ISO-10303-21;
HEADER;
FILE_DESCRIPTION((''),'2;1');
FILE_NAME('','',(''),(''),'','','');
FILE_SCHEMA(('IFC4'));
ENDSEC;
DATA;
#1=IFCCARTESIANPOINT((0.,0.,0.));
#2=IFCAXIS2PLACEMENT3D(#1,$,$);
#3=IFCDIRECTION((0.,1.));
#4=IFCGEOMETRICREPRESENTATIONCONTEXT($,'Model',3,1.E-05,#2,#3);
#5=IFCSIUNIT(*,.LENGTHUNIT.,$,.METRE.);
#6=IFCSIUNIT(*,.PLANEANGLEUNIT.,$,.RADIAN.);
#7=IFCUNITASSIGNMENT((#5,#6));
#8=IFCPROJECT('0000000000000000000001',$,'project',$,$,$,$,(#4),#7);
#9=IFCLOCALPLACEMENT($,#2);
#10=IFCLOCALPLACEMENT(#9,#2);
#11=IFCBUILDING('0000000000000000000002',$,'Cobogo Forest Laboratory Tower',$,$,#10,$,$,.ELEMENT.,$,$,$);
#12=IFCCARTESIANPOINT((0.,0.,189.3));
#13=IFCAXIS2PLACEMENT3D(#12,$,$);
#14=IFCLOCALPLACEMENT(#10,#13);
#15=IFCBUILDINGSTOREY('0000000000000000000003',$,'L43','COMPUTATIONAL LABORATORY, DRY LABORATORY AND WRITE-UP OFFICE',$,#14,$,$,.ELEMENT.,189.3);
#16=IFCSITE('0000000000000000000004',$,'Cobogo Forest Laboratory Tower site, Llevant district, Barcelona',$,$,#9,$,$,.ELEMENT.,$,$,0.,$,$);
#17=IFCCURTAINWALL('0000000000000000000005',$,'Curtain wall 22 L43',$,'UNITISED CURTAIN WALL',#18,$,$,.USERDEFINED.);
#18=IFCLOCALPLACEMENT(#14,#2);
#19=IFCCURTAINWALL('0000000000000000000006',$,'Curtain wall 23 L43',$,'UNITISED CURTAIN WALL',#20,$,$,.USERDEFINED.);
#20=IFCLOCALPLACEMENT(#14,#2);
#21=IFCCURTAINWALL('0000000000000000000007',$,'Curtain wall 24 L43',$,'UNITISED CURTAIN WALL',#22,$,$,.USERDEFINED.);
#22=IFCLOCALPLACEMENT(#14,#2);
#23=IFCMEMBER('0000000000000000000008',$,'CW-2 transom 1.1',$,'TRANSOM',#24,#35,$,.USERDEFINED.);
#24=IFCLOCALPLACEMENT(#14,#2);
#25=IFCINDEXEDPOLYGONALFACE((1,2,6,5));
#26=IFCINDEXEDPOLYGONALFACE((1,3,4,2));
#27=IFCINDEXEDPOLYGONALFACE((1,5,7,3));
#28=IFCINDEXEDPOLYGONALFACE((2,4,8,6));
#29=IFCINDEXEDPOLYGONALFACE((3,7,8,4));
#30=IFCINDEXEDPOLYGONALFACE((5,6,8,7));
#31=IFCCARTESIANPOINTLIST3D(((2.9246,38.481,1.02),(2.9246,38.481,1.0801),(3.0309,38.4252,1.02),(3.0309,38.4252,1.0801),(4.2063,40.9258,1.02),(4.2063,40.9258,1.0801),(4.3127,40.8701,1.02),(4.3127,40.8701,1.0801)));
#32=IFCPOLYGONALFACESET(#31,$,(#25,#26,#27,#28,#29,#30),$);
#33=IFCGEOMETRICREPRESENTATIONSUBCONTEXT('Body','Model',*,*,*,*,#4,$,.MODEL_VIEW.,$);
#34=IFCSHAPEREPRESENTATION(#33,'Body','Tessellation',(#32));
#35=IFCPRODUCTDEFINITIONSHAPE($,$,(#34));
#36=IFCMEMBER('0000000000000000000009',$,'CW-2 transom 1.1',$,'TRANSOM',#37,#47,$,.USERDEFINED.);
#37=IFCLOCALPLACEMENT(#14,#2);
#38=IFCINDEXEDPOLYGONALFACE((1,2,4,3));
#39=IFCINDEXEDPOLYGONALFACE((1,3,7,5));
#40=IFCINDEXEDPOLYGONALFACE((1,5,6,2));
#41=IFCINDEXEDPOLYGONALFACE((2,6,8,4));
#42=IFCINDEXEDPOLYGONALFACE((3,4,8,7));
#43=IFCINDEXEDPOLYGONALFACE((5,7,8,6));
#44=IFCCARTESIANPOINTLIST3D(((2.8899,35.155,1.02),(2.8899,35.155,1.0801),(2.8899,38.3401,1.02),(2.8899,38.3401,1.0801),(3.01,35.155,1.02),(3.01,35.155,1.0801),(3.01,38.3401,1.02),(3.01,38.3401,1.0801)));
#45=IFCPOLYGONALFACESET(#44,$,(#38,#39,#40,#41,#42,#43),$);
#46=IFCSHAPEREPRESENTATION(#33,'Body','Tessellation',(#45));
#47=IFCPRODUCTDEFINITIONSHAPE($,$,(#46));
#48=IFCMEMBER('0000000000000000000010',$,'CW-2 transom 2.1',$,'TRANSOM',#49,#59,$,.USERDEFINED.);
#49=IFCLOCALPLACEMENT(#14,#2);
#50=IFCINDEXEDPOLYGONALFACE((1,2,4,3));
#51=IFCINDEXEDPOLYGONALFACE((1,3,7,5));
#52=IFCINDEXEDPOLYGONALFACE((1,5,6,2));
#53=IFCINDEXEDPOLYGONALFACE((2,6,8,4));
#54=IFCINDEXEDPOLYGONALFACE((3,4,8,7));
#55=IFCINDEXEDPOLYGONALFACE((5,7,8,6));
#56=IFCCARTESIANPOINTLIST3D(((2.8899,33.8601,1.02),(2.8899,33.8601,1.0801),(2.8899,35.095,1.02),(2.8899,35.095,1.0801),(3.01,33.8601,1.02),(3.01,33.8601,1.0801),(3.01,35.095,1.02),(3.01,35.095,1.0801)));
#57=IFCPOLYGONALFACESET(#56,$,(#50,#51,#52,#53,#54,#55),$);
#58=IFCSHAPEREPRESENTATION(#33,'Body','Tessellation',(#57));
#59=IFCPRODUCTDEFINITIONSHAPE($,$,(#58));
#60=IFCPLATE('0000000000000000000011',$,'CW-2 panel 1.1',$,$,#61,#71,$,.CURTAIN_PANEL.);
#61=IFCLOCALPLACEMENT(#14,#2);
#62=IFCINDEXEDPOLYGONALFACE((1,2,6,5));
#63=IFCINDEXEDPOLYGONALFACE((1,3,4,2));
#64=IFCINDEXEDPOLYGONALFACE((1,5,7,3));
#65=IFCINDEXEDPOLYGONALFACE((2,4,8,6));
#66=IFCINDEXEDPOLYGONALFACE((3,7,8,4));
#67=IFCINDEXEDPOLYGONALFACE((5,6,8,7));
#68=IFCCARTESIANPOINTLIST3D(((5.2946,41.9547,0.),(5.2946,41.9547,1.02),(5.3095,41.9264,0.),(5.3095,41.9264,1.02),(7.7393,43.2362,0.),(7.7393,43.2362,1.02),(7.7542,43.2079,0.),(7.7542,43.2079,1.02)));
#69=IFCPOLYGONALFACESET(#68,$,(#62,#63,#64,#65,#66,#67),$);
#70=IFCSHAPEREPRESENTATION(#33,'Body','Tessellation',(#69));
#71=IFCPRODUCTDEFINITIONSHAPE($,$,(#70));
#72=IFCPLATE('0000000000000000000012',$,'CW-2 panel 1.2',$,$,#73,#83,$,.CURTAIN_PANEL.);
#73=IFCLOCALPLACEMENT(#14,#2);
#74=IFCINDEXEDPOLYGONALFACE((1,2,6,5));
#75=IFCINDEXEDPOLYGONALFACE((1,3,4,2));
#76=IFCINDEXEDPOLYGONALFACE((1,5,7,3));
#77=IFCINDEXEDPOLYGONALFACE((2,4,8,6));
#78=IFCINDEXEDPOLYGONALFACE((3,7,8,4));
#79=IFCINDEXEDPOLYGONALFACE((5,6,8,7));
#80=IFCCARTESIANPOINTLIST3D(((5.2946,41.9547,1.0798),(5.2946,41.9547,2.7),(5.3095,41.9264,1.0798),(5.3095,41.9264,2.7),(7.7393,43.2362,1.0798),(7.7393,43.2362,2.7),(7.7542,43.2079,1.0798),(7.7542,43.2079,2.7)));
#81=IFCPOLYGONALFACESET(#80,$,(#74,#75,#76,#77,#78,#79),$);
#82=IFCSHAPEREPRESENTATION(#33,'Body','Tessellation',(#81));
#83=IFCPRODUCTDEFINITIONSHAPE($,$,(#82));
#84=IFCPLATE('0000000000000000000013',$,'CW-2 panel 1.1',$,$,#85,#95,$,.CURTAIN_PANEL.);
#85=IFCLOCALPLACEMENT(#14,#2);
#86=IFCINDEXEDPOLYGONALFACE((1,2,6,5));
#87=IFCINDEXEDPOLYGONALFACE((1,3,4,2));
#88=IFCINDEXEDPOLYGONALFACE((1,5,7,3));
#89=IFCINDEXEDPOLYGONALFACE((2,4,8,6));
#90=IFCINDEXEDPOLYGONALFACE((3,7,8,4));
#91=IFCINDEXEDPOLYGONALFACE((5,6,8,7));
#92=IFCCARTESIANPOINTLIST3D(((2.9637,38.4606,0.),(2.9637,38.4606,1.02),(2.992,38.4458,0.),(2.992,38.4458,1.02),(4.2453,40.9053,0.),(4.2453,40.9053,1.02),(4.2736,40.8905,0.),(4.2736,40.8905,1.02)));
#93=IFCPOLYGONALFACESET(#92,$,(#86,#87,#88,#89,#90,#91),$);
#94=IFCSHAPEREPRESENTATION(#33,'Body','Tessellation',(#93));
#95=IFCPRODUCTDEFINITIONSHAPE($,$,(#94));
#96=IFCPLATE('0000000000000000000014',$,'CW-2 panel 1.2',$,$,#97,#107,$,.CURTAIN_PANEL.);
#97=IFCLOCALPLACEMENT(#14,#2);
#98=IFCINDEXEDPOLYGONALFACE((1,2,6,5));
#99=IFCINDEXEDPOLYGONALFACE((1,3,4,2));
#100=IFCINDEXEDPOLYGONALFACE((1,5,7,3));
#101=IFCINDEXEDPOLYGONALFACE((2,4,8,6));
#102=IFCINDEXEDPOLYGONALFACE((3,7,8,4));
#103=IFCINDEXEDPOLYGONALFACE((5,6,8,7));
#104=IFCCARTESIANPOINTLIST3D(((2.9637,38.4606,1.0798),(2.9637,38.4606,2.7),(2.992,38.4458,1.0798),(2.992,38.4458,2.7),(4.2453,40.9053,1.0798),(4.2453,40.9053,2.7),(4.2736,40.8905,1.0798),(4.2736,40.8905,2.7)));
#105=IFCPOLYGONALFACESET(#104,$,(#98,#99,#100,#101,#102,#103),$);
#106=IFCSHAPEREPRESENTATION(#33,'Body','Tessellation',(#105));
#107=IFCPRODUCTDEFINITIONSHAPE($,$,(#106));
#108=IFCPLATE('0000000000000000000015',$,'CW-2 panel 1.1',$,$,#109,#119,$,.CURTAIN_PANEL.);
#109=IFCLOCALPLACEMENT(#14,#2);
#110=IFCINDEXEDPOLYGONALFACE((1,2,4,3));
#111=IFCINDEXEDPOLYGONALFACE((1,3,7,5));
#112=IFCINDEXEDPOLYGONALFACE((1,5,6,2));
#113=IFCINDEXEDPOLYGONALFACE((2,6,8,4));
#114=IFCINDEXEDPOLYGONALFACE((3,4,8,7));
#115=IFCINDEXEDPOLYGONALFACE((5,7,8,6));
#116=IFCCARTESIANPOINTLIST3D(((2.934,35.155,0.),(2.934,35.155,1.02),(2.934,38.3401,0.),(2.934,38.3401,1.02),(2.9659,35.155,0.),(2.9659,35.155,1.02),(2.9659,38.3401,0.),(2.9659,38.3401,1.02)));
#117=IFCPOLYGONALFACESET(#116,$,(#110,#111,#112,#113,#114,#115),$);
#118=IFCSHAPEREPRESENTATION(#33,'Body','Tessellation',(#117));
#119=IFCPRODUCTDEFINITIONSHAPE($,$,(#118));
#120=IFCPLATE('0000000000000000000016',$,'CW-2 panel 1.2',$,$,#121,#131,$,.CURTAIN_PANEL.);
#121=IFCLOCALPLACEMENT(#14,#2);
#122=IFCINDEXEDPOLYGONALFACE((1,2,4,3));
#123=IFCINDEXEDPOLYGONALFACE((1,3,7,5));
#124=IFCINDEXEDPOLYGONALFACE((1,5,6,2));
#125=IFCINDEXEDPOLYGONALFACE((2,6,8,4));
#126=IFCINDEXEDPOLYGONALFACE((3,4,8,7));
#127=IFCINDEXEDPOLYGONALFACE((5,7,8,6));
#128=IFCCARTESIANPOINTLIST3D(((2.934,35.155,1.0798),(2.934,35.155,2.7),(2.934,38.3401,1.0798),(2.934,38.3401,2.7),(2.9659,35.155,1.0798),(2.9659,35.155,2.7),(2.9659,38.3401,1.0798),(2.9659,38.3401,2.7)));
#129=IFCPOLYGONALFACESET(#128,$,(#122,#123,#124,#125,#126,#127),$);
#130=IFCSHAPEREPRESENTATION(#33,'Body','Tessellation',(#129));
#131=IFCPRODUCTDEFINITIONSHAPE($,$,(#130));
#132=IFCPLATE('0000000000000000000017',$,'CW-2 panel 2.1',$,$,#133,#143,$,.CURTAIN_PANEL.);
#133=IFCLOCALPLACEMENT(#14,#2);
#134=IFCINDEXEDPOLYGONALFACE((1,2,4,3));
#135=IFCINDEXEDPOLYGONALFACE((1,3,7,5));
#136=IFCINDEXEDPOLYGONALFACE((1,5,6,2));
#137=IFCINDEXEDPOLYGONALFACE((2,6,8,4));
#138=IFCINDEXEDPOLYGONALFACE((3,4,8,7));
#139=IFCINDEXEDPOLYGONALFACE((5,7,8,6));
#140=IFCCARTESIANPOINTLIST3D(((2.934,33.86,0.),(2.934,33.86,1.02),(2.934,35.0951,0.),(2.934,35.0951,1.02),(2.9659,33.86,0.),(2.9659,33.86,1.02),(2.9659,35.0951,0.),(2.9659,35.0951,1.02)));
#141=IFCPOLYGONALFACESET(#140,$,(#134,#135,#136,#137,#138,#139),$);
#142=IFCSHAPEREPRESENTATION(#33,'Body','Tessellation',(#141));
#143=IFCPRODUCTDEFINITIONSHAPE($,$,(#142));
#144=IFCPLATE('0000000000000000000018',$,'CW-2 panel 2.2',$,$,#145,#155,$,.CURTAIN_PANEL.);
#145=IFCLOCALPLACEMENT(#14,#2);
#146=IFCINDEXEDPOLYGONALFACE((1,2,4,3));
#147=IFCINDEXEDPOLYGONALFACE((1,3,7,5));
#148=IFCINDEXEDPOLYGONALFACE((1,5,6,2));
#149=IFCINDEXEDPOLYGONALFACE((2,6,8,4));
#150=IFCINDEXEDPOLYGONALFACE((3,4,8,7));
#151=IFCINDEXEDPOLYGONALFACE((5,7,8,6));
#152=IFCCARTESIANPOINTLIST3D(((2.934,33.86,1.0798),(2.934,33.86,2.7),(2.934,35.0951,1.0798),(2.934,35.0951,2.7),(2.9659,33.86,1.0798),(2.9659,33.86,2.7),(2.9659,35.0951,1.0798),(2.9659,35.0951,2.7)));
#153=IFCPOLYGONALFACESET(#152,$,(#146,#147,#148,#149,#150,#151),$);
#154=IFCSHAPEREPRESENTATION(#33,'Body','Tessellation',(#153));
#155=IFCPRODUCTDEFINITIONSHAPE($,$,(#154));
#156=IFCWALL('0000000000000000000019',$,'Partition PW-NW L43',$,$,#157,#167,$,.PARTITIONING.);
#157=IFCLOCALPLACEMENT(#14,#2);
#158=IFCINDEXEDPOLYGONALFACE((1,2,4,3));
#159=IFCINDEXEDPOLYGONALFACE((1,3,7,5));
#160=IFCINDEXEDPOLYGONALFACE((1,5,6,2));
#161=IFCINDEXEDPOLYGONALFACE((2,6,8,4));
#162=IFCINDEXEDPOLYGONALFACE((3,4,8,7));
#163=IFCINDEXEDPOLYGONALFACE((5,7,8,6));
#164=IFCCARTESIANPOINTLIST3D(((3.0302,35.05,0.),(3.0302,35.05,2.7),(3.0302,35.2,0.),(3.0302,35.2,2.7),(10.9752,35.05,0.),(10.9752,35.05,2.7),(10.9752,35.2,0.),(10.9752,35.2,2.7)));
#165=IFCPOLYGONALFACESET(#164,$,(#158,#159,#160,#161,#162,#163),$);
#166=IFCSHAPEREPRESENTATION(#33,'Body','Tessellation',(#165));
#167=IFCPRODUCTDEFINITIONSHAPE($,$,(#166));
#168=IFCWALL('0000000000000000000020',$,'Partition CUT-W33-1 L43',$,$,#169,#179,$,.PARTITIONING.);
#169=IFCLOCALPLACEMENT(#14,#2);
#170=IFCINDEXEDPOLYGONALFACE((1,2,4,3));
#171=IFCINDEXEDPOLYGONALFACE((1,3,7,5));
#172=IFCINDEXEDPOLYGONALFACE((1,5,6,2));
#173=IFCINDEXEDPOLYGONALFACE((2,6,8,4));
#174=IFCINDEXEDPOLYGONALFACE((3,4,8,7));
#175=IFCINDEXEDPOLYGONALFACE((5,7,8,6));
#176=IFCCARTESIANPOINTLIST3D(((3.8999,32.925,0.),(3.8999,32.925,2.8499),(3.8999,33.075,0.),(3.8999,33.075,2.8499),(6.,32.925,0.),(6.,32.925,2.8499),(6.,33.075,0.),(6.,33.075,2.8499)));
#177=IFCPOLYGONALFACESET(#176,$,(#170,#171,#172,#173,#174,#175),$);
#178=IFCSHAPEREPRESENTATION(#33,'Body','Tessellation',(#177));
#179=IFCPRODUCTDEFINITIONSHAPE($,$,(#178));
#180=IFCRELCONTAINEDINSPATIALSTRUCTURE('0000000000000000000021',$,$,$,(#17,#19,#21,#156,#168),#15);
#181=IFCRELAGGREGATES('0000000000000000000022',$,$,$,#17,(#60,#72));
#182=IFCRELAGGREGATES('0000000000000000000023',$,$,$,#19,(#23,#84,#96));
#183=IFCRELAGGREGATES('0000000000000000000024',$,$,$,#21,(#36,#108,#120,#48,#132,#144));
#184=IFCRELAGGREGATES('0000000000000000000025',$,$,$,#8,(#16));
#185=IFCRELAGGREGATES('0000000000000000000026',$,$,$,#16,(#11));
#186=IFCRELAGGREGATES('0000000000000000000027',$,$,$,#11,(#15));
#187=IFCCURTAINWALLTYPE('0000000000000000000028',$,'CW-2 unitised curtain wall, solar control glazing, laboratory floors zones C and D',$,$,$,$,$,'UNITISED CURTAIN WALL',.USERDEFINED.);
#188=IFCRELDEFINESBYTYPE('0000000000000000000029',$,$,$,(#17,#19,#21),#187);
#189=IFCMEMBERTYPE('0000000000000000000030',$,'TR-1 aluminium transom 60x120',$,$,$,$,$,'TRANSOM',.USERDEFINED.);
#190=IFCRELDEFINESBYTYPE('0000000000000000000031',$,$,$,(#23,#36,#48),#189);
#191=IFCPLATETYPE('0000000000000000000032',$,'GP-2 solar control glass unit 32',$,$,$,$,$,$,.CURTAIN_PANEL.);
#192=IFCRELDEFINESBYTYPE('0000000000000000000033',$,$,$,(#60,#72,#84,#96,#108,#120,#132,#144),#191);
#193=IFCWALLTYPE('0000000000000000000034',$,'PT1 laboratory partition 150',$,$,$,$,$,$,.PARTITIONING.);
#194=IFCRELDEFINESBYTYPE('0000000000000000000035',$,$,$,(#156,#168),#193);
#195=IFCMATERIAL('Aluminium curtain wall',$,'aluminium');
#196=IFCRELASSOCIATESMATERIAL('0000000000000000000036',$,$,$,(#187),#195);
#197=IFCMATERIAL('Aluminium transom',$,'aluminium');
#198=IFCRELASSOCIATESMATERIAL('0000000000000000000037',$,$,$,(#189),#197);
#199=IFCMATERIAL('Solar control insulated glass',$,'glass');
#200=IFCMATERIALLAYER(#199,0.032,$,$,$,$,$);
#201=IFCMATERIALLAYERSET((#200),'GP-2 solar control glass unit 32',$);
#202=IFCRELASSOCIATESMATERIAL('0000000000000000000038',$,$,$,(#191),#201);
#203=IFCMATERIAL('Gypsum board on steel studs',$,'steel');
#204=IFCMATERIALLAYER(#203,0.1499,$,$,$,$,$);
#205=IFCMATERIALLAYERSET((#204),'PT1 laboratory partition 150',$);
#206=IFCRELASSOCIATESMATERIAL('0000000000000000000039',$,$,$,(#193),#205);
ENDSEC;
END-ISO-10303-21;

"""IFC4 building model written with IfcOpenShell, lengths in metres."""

from ifc_helpers import new_model, si_unit, direction, frame, frame_2d, origin, origin_2d, place, context, subcontext, project, spatial, rectangle, extrude, material, layer, layer_set, material_profile, profile_set, type_object, element, aggregate, save


model = new_model("IFC4")

# Units and contexts
model_context = context("Model", 3, precision=1e-05, world=origin(), true_north=direction((0.0, 1.0)))
body_context = subcontext(model_context, "Body", "Model", "MODEL_VIEW")
ifc_project = project(units=[si_unit("LENGTHUNIT", "METRE"), si_unit("PLANEANGLEUNIT", "RADIAN")], contexts=[model_context])

# Site, building, storey
site_placement = place(None, origin())
site = spatial("IfcSite", under=ifc_project, at=site_placement, Name="Cobogo Forest Laboratory Tower site, Llevant district, Barcelona", CompositionType="ELEMENT", RefElevation=0.0)
building_placement = place(site_placement, origin())
building = spatial("IfcBuilding", under=site, at=building_placement, Name="Cobogo Forest Laboratory Tower", CompositionType="ELEMENT")
storey_placement = place(building_placement, frame((0.0, 0.0, 189.3)))
storey = spatial("IfcBuildingStorey", under=building, at=storey_placement, Name="L43", Description="COMPUTATIONAL LABORATORY, DRY LABORATORY AND WRITE-UP OFFICE", CompositionType="ELEMENT", Elevation=189.3)

# Curtain wall
ifc_material_1 = material(Name="Aluminium curtain wall", Category="aluminium")
curtain_wall_type = type_object("IfcCurtainWallType", Name="CW-2 unitised curtain wall, solar control glazing, laboratory floors zones C and D", ElementType="UNITISED CURTAIN WALL", PredefinedType="USERDEFINED", material=ifc_material_1)
curtain_wall_1_placement = place(storey_placement, origin())
curtain_wall_1 = element("IfcCurtainWall", 1, at=curtain_wall_1_placement, inside=storey, type_object=curtain_wall_type, Name="Curtain wall 22 L43", ObjectType="UNITISED CURTAIN WALL", PredefinedType="USERDEFINED")

# Curtain walls
curtain_wall_2_placement = place(storey_placement, origin())
curtain_wall_2 = element("IfcCurtainWall", 2, at=curtain_wall_2_placement, inside=storey, type_object=curtain_wall_type, Name="Curtain wall 23 L43", ObjectType="UNITISED CURTAIN WALL", PredefinedType="USERDEFINED")
curtain_wall_3_placement = place(storey_placement, origin())
curtain_wall_3 = element("IfcCurtainWall", 3, at=curtain_wall_3_placement, inside=storey, type_object=curtain_wall_type, Name="Curtain wall 24 L43", ObjectType="UNITISED CURTAIN WALL", PredefinedType="USERDEFINED")

# Members
ifc_material_2 = material(Name="Aluminium transom", Category="aluminium")
ifc_material_profile_1 = material_profile(ifc_material_2, rectangle(XDim=0.1201, YDim=0.0601, at=origin_2d()), Name="AL 60x120")
ifc_profile_set_1 = profile_set([ifc_material_profile_1], Name="Aluminium transom")
member_type_1 = type_object("IfcMemberType", Name="TR-1 aluminium transom 60x120", ElementType="TRANSOM", PredefinedType="USERDEFINED", material=ifc_profile_set_1)
member_1_placement = place(storey_placement, frame((4.2595, 40.8979, 1.05), z_axis=(-0.464324, -0.885665, 0.0), x_axis=(0.885665, -0.464324, 0.0)))
member_1 = element("IfcMember", 4, at=member_1_placement, type_object=member_type_1, Name="CW-2 transom 1.1", ObjectType="TRANSOM", PredefinedType="USERDEFINED", context=body_context, shape_type="SweptSolid", body=[
    extrude(rectangle(XDim=0.1201, YDim=0.0601, at=origin_2d()), origin(), (0.0, 0.0, 1.0), 2.7605),
])
member_2_placement = place(storey_placement, frame((2.95, 38.3401, 1.05), z_axis=(0.0, -1.0, 0.0), x_axis=(1.0, 0.0, 0.0)))
member_2 = element("IfcMember", 5, at=member_2_placement, type_object=member_type_1, Name="CW-2 transom 1.1", ObjectType="TRANSOM", PredefinedType="USERDEFINED", context=body_context, shape_type="SweptSolid", body=[
    extrude(rectangle(XDim=0.1201, YDim=0.0601, at=origin_2d()), origin(), (0.0, 0.0, 1.0), 3.1851),
])
member_3_placement = place(storey_placement, frame((2.95, 35.095, 1.05), z_axis=(0.0, -1.0, 0.0), x_axis=(1.0, 0.0, 0.0)))
member_3 = element("IfcMember", 6, at=member_3_placement, type_object=member_type_1, Name="CW-2 transom 2.1", ObjectType="TRANSOM", PredefinedType="USERDEFINED", context=body_context, shape_type="SweptSolid", body=[
    extrude(rectangle(XDim=0.1201, YDim=0.0601, at=origin_2d()), origin(), (0.0, 0.0, 1.0), 1.2349),
])

# Plates
ifc_material_3 = material(Name="Solar control insulated glass", Category="glass")
ifc_layer_1 = layer(ifc_material_3, 0.032)
ifc_layer_set_1 = layer_set([ifc_layer_1], Name="GP-2 solar control glass unit 32")
plate_type = type_object("IfcPlateType", Name="GP-2 solar control glass unit 32", PredefinedType="CURTAIN_PANEL", material=ifc_layer_set_1)
plate_1_placement = place(storey_placement, frame((6.5244, 42.5813, 0.0), z_axis=(0.0, 0.0, 1.0), x_axis=(-0.885686, -0.464284, 0.0)))
plate_1 = element("IfcPlate", 7, at=plate_1_placement, type_object=plate_type, Name="CW-2 panel 1.1", PredefinedType="CURTAIN_PANEL", context=body_context, shape_type="SweptSolid", body=[
    extrude(rectangle(XDim=2.7603, YDim=0.032, at=origin_2d()), origin(), (0.0, 0.0, 1.0), 1.02),
])
plate_2_placement = place(storey_placement, frame((6.5244, 42.5813, 1.0798), z_axis=(0.0, 0.0, 1.0), x_axis=(-0.885686, -0.464284, 0.0)))
plate_2 = element("IfcPlate", 8, at=plate_2_placement, type_object=plate_type, Name="CW-2 panel 1.2", PredefinedType="CURTAIN_PANEL", context=body_context, shape_type="SweptSolid", body=[
    extrude(rectangle(XDim=2.7603, YDim=0.032, at=origin_2d()), origin(), (0.0, 0.0, 1.0), 1.6201),
])
aggregate(curtain_wall_1, [plate_1, plate_2])
plate_3_placement = place(storey_placement, frame((3.6187, 39.6755, 0.0), z_axis=(0.0, 0.0, 1.0), x_axis=(-0.464284, -0.885686, 0.0)))
plate_3 = element("IfcPlate", 9, at=plate_3_placement, type_object=plate_type, Name="CW-2 panel 1.1", PredefinedType="CURTAIN_PANEL", context=body_context, shape_type="SweptSolid", body=[
    extrude(rectangle(XDim=2.7603, YDim=0.032, at=origin_2d()), origin(), (0.0, 0.0, 1.0), 1.02),
])
plate_4_placement = place(storey_placement, frame((3.6187, 39.6755, 1.0798), z_axis=(0.0, 0.0, 1.0), x_axis=(-0.464284, -0.885686, 0.0)))
plate_4 = element("IfcPlate", 10, at=plate_4_placement, type_object=plate_type, Name="CW-2 panel 1.2", PredefinedType="CURTAIN_PANEL", context=body_context, shape_type="SweptSolid", body=[
    extrude(rectangle(XDim=2.7603, YDim=0.032, at=origin_2d()), origin(), (0.0, 0.0, 1.0), 1.6201),
])
aggregate(curtain_wall_2, [member_1, plate_3, plate_4])
plate_5_placement = place(storey_placement, frame((2.95, 36.7476, 0.0), z_axis=(0.0, 0.0, 1.0), x_axis=(0.0, -1.0, 0.0)))
plate_5 = element("IfcPlate", 11, at=plate_5_placement, type_object=plate_type, Name="CW-2 panel 1.1", PredefinedType="CURTAIN_PANEL", context=body_context, shape_type="SweptSolid", body=[
    extrude(rectangle(XDim=3.1851, YDim=0.032, at=origin_2d()), origin(), (0.0, 0.0, 1.0), 1.02),
])
plate_6_placement = place(storey_placement, frame((2.95, 36.7476, 1.0798), z_axis=(0.0, 0.0, 1.0), x_axis=(0.0, -1.0, 0.0)))
plate_6 = element("IfcPlate", 12, at=plate_6_placement, type_object=plate_type, Name="CW-2 panel 1.2", PredefinedType="CURTAIN_PANEL", context=body_context, shape_type="SweptSolid", body=[
    extrude(rectangle(XDim=3.1851, YDim=0.032, at=origin_2d()), origin(), (0.0, 0.0, 1.0), 1.6201),
])
plate_7_placement = place(storey_placement, frame((2.95, 34.4775, 0.0), z_axis=(0.0, 0.0, 1.0), x_axis=(0.0, -1.0, 0.0)))
plate_7 = element("IfcPlate", 13, at=plate_7_placement, type_object=plate_type, Name="CW-2 panel 2.1", PredefinedType="CURTAIN_PANEL", context=body_context, shape_type="SweptSolid", body=[
    extrude(rectangle(XDim=1.2351, YDim=0.032, at=origin_2d()), origin(), (0.0, 0.0, 1.0), 1.02),
])
plate_8_placement = place(storey_placement, frame((2.95, 34.4775, 1.0798), z_axis=(0.0, 0.0, 1.0), x_axis=(0.0, -1.0, 0.0)))
plate_8 = element("IfcPlate", 14, at=plate_8_placement, type_object=plate_type, Name="CW-2 panel 2.2", PredefinedType="CURTAIN_PANEL", context=body_context, shape_type="SweptSolid", body=[
    extrude(rectangle(XDim=1.2351, YDim=0.032, at=origin_2d()), origin(), (0.0, 0.0, 1.0), 1.6201),
])
aggregate(curtain_wall_3, [member_2, plate_5, plate_6, member_3, plate_7, plate_8])

# Walls
ifc_material_4 = material(Name="Gypsum board on steel studs", Category="steel")
ifc_layer_2 = layer(ifc_material_4, 0.1499)
ifc_layer_set_2 = layer_set([ifc_layer_2], Name="PT1 laboratory partition 150")
wall_type = type_object("IfcWallType", Name="PT1 laboratory partition 150", PredefinedType="PARTITIONING", material=ifc_layer_set_2)
wall_1_placement = place(storey_placement, frame((3.03, 35.125, 0.0), z_axis=(0.0, 0.0, 1.0), x_axis=(1.0, 0.0, 0.0)))
element("IfcWall", 15, at=wall_1_placement, inside=storey, type_object=wall_type, Name="Partition PW-NW L43", PredefinedType="PARTITIONING", context=body_context, shape_type="SweptSolid", body=[
    extrude(rectangle(XDim=7.9451, YDim=0.1499, at=frame_2d((3.9727, 0.0))), origin(), (0.0, 0.0, 1.0), 2.7),
])
wall_2_placement = place(storey_placement, frame((3.8999, 33.0, 0.0), z_axis=(0.0, 0.0, 1.0), x_axis=(1.0, 0.0, 0.0)))
element("IfcWall", 16, at=wall_2_placement, inside=storey, type_object=wall_type, Name="Partition CUT-W33-1 L43", PredefinedType="PARTITIONING", context=body_context, shape_type="SweptSolid", body=[
    extrude(rectangle(XDim=2.1001, YDim=0.1499, at=frame_2d((1.05, 0.0))), origin(), (0.0, 0.0, 1.0), 2.8499),
])

save(model, "model.ifc")
